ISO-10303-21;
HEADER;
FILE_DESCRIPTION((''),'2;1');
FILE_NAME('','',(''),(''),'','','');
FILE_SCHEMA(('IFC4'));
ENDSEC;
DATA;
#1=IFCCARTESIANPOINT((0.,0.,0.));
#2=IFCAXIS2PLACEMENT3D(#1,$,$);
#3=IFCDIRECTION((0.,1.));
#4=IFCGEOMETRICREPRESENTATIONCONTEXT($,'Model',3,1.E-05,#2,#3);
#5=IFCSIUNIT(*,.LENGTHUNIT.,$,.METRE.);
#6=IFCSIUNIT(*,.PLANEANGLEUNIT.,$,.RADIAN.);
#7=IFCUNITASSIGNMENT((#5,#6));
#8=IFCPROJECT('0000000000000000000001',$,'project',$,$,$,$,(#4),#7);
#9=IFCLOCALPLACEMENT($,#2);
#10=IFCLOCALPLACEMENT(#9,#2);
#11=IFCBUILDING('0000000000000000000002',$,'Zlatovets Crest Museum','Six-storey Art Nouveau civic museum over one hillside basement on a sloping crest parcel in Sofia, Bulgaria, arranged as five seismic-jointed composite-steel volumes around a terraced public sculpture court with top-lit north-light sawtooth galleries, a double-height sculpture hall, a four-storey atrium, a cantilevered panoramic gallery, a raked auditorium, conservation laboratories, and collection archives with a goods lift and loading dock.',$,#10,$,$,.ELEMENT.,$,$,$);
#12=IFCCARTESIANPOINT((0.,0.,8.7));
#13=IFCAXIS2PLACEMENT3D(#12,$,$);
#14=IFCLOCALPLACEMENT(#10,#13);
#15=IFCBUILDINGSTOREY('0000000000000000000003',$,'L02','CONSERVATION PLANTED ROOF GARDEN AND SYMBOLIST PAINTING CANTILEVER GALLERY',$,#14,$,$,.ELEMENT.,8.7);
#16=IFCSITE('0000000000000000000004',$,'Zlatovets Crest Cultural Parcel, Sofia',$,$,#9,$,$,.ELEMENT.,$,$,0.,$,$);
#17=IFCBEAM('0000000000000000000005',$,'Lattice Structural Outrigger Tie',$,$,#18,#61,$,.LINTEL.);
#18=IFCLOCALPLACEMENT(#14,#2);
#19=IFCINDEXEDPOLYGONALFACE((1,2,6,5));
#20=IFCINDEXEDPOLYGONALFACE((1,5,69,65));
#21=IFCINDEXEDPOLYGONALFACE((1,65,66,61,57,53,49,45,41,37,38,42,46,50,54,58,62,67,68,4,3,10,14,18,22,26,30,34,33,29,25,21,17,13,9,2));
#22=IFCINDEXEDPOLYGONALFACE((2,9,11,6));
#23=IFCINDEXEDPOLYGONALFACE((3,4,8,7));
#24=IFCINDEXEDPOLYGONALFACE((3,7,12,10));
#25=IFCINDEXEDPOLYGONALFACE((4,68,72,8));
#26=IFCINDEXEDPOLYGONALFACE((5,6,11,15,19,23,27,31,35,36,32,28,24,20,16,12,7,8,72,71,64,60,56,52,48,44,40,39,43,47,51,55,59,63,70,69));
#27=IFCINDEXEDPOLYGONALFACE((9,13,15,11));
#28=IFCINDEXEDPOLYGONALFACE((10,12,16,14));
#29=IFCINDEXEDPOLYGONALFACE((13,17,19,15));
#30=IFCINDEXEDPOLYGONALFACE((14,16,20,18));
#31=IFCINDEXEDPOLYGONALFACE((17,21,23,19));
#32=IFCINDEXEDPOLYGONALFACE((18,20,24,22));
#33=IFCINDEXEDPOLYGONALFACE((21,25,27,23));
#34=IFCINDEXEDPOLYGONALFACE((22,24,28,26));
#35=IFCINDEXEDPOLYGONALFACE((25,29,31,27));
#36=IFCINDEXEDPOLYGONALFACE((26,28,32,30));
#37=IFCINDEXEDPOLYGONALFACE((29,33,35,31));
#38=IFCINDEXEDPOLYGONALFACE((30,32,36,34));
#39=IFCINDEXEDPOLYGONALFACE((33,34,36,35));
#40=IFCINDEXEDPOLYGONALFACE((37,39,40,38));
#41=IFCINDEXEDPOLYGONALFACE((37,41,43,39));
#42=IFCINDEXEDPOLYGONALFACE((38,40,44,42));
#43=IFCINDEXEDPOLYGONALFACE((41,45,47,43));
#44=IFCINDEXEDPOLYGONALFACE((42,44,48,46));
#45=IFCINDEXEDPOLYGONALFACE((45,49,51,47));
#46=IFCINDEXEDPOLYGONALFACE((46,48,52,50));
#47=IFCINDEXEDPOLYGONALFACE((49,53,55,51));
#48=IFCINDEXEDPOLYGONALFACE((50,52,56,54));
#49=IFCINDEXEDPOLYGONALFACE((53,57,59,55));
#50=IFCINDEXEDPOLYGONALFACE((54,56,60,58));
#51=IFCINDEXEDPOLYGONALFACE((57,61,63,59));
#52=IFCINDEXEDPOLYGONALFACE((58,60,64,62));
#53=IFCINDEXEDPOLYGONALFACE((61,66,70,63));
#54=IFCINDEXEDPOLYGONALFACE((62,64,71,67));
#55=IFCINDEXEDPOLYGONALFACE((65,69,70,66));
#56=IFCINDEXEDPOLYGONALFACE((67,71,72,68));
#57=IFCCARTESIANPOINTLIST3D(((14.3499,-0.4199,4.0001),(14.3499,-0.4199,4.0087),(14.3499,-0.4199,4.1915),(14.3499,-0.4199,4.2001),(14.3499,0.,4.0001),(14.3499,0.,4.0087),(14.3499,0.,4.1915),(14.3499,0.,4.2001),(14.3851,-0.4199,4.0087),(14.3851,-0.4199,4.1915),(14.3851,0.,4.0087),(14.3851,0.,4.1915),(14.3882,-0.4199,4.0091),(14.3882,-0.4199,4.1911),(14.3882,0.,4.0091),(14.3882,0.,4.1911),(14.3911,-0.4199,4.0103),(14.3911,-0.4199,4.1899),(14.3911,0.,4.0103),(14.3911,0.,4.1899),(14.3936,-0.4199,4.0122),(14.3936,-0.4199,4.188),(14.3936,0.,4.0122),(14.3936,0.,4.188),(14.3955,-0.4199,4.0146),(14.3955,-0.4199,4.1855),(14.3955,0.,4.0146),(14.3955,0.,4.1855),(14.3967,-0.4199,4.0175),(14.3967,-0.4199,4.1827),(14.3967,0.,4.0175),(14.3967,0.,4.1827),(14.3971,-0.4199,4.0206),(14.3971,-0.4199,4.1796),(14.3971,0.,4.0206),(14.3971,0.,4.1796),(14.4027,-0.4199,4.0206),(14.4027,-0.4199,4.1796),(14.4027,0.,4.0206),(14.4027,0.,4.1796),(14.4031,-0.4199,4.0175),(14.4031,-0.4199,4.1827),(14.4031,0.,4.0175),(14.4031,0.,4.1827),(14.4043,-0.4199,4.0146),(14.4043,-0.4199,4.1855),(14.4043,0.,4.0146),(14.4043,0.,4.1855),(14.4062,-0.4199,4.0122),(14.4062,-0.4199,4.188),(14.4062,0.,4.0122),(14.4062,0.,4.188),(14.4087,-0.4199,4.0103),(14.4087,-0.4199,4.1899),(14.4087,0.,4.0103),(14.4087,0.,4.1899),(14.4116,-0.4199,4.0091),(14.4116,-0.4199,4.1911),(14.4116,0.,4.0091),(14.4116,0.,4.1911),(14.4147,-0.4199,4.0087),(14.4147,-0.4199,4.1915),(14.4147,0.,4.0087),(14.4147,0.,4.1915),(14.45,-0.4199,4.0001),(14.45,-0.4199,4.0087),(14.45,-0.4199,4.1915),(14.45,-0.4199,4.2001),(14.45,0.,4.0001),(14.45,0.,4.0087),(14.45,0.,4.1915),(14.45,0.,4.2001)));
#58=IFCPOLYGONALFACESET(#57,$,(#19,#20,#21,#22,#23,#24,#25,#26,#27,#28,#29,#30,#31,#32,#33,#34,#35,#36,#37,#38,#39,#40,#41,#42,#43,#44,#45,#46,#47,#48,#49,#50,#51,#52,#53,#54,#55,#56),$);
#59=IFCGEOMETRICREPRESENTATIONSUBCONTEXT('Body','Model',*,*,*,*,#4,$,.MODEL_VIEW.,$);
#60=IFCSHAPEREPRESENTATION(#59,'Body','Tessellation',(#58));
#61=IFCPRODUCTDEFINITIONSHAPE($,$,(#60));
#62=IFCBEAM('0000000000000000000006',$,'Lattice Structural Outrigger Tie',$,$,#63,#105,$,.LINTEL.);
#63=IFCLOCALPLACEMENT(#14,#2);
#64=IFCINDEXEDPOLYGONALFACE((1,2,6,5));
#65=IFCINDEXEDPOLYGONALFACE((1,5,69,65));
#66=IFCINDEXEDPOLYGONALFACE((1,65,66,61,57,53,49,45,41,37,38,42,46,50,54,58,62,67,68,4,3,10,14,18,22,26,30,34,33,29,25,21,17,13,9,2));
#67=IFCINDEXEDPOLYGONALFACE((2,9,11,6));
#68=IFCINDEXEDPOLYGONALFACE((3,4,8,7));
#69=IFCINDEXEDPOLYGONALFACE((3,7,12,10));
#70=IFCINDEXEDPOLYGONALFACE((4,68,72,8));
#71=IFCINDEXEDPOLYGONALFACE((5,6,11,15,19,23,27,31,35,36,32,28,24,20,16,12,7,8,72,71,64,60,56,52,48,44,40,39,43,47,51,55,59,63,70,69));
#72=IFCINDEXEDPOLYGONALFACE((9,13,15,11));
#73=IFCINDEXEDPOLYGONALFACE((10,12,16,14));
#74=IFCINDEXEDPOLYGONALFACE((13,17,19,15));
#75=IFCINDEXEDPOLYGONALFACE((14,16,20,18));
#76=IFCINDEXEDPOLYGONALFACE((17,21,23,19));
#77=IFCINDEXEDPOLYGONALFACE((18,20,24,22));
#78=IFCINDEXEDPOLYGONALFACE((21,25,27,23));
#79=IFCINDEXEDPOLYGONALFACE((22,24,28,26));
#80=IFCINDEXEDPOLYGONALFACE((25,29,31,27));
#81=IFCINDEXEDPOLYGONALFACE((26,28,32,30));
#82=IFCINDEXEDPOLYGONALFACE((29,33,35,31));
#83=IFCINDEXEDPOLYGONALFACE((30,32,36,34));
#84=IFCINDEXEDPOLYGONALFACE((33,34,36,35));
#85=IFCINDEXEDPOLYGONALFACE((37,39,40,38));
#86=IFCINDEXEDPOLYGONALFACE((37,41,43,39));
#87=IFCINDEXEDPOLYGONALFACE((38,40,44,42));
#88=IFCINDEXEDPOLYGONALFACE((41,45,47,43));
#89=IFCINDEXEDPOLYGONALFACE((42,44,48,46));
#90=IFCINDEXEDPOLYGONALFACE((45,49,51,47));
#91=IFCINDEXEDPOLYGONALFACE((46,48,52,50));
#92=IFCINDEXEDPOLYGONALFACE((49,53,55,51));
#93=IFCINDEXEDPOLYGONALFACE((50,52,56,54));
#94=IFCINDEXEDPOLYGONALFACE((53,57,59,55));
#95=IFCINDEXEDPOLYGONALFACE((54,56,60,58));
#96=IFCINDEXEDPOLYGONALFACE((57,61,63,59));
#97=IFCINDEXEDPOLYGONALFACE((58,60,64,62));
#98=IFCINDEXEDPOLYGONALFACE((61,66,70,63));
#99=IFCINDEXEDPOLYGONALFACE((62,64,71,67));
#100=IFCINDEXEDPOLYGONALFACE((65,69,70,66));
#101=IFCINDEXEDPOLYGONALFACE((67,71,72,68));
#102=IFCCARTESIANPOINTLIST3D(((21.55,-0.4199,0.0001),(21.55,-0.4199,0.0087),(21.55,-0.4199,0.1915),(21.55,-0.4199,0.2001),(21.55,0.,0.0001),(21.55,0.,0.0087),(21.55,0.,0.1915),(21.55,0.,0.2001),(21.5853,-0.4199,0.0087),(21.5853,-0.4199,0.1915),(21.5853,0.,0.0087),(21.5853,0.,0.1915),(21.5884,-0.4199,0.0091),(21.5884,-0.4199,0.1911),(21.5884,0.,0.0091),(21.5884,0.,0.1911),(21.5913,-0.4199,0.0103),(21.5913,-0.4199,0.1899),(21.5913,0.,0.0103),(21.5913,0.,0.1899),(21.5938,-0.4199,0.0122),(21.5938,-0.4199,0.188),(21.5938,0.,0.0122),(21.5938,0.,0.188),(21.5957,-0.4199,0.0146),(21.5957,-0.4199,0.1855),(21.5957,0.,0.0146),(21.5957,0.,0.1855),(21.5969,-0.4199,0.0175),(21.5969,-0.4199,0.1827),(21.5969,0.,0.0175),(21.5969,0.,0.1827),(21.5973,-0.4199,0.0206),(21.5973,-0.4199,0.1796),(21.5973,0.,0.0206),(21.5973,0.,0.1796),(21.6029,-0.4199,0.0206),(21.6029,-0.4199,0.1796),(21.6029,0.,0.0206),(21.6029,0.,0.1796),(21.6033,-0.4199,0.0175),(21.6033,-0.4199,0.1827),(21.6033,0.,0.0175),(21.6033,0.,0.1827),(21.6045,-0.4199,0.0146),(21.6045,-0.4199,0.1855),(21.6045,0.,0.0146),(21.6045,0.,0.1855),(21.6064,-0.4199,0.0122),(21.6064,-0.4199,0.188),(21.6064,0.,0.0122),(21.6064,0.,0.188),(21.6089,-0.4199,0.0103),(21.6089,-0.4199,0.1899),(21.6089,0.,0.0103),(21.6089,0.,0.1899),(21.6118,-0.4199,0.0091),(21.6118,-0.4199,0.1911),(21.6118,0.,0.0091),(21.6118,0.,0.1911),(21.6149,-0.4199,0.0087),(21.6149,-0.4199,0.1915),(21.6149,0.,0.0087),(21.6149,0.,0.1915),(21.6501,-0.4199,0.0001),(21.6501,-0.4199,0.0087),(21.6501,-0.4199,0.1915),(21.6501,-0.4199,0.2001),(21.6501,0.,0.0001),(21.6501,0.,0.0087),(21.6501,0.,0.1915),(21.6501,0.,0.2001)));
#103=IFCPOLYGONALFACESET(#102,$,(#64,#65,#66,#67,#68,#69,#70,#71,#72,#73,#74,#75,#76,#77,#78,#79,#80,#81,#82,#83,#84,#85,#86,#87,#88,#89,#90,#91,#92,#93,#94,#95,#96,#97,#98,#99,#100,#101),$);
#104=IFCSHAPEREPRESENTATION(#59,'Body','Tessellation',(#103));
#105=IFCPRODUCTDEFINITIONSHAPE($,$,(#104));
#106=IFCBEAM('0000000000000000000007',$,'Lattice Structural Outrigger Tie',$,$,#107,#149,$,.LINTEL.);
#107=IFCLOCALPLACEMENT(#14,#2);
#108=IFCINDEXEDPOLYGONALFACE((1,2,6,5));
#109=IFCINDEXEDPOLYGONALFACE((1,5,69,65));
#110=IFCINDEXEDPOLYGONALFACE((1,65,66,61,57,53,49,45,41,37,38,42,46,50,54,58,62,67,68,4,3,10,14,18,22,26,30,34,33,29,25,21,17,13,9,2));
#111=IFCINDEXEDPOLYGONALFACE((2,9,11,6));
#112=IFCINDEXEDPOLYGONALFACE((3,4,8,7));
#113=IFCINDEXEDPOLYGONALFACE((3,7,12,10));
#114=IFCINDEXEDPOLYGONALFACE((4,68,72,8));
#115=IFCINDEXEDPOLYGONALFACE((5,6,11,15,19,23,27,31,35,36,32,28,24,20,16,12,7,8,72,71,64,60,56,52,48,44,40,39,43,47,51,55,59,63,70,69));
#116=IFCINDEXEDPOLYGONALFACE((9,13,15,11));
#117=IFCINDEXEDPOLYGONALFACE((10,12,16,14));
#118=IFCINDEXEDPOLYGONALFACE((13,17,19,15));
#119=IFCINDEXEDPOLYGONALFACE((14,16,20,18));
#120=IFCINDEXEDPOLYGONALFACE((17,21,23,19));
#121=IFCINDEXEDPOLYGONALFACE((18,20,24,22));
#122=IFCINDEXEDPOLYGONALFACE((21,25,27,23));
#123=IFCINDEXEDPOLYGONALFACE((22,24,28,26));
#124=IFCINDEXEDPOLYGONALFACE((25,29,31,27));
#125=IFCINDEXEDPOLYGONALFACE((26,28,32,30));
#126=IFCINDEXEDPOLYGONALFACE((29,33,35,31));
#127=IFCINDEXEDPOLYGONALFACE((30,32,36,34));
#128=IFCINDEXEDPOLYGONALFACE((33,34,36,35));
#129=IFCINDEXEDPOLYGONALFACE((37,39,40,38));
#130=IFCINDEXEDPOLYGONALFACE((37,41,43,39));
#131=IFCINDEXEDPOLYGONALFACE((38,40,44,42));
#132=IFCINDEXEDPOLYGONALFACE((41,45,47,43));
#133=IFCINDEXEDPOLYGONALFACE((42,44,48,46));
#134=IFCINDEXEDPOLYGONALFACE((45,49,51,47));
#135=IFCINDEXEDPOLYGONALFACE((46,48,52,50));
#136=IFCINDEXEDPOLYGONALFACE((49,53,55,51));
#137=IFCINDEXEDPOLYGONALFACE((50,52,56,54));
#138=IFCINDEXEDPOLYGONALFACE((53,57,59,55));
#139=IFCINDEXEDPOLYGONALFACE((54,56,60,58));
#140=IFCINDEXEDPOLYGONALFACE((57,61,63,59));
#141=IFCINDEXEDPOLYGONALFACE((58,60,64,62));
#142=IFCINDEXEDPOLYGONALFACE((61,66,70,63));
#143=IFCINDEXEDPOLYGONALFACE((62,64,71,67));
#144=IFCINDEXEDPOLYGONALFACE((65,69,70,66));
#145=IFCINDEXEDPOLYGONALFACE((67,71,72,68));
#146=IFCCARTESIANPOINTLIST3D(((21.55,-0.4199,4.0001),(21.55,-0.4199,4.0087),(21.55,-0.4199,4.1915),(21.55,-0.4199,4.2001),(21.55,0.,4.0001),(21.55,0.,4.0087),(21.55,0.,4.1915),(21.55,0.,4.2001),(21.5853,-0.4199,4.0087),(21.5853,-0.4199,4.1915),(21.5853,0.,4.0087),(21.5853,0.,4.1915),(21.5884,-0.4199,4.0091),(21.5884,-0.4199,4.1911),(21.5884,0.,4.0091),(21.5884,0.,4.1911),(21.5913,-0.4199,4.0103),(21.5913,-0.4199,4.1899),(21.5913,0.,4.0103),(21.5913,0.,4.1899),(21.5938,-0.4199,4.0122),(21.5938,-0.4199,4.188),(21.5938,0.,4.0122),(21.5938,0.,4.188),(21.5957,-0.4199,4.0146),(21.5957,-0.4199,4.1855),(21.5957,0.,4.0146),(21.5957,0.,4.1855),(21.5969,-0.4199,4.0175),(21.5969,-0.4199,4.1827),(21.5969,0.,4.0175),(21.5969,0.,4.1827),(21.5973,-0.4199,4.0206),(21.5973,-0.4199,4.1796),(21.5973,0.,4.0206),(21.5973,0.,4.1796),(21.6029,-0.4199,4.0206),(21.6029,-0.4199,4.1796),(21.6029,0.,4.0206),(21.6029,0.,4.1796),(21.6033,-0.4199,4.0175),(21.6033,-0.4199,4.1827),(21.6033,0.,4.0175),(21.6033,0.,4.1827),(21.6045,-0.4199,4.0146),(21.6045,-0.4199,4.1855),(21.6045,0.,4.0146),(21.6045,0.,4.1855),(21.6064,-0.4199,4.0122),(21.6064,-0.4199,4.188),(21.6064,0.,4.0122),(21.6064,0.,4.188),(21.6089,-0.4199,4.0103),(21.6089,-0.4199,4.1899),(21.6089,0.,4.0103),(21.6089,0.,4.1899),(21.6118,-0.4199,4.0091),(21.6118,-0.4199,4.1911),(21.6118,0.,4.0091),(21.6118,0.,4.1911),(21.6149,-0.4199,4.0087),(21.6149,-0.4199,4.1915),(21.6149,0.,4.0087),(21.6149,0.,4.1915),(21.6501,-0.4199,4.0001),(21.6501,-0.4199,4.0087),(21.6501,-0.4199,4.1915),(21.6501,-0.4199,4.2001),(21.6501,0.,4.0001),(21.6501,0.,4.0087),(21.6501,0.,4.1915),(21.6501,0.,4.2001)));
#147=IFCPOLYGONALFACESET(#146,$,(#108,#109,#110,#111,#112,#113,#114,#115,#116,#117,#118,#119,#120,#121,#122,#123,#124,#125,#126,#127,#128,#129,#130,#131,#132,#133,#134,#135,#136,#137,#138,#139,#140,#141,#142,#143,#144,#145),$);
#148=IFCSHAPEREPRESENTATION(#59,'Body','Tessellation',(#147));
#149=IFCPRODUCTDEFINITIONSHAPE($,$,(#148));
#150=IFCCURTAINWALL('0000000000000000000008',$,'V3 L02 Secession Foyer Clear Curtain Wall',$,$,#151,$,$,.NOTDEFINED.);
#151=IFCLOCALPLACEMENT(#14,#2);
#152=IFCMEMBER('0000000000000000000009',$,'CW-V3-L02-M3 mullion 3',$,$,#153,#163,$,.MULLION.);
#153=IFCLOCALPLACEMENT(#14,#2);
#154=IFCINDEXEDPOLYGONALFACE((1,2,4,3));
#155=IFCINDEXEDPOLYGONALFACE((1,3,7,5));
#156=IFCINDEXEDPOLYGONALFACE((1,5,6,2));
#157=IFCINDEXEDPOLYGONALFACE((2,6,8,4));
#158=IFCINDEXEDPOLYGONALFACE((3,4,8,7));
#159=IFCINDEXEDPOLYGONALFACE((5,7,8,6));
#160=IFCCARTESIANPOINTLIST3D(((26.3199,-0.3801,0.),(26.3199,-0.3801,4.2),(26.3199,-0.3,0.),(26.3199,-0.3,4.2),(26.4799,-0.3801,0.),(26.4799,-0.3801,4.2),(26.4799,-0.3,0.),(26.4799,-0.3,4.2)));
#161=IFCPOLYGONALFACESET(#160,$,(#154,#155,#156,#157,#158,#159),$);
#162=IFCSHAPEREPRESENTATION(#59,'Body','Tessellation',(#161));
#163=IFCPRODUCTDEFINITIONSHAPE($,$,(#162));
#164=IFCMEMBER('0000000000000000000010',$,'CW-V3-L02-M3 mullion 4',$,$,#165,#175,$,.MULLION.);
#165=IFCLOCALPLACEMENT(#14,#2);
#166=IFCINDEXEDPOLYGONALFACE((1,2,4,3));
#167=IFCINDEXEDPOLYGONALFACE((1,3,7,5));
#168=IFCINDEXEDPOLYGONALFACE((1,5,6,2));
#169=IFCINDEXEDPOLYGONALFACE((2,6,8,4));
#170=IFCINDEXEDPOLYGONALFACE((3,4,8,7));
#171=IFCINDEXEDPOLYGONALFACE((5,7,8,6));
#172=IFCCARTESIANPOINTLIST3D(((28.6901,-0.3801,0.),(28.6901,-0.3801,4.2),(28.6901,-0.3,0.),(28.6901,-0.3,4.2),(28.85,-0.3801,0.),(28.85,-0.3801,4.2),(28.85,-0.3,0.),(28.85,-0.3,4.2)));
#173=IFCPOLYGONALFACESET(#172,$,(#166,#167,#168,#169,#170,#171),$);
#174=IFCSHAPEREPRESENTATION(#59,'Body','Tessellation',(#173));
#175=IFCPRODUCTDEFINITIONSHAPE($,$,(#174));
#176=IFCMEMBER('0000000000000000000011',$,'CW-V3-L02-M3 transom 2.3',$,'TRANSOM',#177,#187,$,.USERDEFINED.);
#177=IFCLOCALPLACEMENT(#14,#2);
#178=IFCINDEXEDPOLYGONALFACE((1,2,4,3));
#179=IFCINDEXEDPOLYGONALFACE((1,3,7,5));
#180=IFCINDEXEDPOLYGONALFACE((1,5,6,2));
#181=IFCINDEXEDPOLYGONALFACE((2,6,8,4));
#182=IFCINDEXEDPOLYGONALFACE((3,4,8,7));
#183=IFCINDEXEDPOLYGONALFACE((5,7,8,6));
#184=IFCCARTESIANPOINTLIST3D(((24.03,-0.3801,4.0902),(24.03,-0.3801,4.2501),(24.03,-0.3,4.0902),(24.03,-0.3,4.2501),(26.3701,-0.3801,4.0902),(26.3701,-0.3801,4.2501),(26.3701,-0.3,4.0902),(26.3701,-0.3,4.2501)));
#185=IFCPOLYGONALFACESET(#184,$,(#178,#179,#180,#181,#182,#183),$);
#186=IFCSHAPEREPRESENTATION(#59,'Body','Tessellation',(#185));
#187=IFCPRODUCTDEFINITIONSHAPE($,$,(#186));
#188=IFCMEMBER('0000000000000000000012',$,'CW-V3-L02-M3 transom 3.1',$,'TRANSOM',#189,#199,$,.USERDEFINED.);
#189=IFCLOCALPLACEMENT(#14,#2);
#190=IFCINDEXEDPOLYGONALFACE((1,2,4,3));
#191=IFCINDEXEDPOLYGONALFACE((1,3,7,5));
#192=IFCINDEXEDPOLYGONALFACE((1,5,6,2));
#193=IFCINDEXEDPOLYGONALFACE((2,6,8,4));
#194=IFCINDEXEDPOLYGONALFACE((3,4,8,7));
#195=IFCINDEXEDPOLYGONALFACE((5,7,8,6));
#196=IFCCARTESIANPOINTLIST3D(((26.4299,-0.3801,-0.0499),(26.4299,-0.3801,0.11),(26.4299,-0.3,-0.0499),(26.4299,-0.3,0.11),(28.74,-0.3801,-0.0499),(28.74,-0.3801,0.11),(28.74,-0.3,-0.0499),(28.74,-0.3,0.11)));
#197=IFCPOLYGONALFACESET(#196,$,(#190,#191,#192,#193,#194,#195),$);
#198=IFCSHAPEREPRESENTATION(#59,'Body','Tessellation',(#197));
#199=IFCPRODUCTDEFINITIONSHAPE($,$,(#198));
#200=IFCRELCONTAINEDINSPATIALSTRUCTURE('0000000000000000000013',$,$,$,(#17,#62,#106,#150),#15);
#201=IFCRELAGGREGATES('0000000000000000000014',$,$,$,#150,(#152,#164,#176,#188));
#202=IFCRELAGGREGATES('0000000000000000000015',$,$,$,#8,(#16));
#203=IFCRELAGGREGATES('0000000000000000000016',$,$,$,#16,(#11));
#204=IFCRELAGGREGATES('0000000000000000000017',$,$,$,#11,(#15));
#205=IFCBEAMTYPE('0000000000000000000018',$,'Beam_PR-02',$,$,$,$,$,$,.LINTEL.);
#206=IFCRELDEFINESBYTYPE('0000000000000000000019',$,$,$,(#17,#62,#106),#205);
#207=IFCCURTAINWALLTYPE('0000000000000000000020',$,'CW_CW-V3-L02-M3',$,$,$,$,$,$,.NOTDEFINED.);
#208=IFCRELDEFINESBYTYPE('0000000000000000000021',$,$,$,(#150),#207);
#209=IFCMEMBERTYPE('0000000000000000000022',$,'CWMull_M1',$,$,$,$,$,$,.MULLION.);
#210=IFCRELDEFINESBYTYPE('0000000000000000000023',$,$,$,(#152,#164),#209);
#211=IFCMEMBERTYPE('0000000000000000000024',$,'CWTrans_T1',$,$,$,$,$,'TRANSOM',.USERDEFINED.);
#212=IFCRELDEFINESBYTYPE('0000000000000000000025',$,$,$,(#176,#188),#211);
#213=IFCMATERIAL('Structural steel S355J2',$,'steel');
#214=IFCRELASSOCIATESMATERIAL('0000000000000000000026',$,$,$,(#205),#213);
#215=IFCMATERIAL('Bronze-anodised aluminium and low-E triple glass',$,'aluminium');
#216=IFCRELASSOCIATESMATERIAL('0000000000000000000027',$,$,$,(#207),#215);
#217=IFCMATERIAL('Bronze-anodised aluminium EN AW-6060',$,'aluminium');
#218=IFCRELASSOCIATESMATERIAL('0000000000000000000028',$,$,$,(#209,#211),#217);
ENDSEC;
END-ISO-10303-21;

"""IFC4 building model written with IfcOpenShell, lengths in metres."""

from ifc_helpers import new_model, si_unit, direction, frame, origin, origin_2d, place, context, subcontext, project, spatial, rectangle, i_section, extrude, material, material_profile, profile_set, type_object, element, aggregate, save


model = new_model("IFC4")

# Units and contexts
model_context = context("Model", 3, precision=1e-05, world=origin(), true_north=direction((0.0, 1.0)))
body_context = subcontext(model_context, "Body", "Model", "MODEL_VIEW")
ifc_project = project(units=[si_unit("LENGTHUNIT", "METRE"), si_unit("PLANEANGLEUNIT", "RADIAN")], contexts=[model_context])

# Site, building, storey
site_placement = place(None, origin())
site = spatial("IfcSite", under=ifc_project, at=site_placement, Name="Zlatovets Crest Cultural Parcel, Sofia", CompositionType="ELEMENT", RefElevation=0.0)
building_placement = place(site_placement, origin())
building = spatial("IfcBuilding", under=site, at=building_placement, Name="Zlatovets Crest Museum", Description="Six-storey Art Nouveau civic museum over one hillside basement on a sloping crest parcel in Sofia, Bulgaria, arranged as five seismic-jointed composite-steel volumes around a terraced public sculpture court with top-lit north-light sawtooth galleries, a double-height sculpture hall, a four-storey atrium, a cantilevered panoramic gallery, a raked auditorium, conservation laboratories, and collection archives with a goods lift and loading dock.", CompositionType="ELEMENT")
storey_placement = place(building_placement, frame((0.0, 0.0, 8.7)))
storey = spatial("IfcBuildingStorey", under=building, at=storey_placement, Name="L02", Description="CONSERVATION PLANTED ROOF GARDEN AND SYMBOLIST PAINTING CANTILEVER GALLERY", CompositionType="ELEMENT", Elevation=8.7)

# Shared definitions
ifc_material_1 = material(Name="Structural steel S355J2", Category="steel")

# Beams
ifc_material_profile_1 = material_profile(ifc_material_1, i_section(OverallWidth=0.1001, OverallDepth=0.2, WebThickness=0.0056, FlangeThickness=0.0085, FilletRadius=0.012, at=origin_2d()), Name="IPE 200")
ifc_profile_set_1 = profile_set([ifc_material_profile_1], Name="Structural steel S355J2")
beam_type_1 = type_object("IfcBeamType", Name="Beam_PR-02", PredefinedType="LINTEL", material=ifc_profile_set_1)
for number, where, z_axis, x_axis, name in (
    (1, (14.3999, 0.0, 4.1001), (0.0, -1.0, 0.0), (1.0, 0.0, 0.0), "Lattice Structural Outrigger Tie"),
    (2, (21.6001, 0.0, 0.1001), (0.0, -1.0, 0.0), (1.0, 0.0, 0.0), "Lattice Structural Outrigger Tie"),
    (3, (21.6001, 0.0, 4.1001), (0.0, -1.0, 0.0), (1.0, 0.0, 0.0), "Lattice Structural Outrigger Tie"),
):
    element("IfcBeam", number, at=place(storey_placement, frame(where, z_axis=z_axis, x_axis=x_axis)), inside=storey, type_object=beam_type_1, Name=name, PredefinedType="LINTEL", context=body_context, shape_type="SweptSolid", body=[
        extrude(i_section(OverallWidth=0.1001, OverallDepth=0.2, WebThickness=0.0056, FlangeThickness=0.0085, FilletRadius=0.012, at=origin_2d()), origin(), (0.0, 0.0, 1.0), 0.4199),
    ])

# Curtain wall, members
ifc_material_2 = material(Name="Bronze-anodised aluminium and low-E triple glass", Category="aluminium")
curtain_wall_type = type_object("IfcCurtainWallType", Name="CW_CW-V3-L02-M3", PredefinedType="NOTDEFINED", material=ifc_material_2)
curtain_wall_placement = place(storey_placement, origin())
curtain_wall = element("IfcCurtainWall", 4, at=curtain_wall_placement, inside=storey, type_object=curtain_wall_type, Name="V3 L02 Secession Foyer Clear Curtain Wall", PredefinedType="NOTDEFINED")
ifc_material_3 = material(Name="Bronze-anodised aluminium EN AW-6060", Category="aluminium")
ifc_material_profile_2 = material_profile(ifc_material_3, rectangle(XDim=0.0801, YDim=0.1599, at=origin_2d()), Name="ALU 80x160")
ifc_profile_set_2 = profile_set([ifc_material_profile_2], Name="Bronze-anodised aluminium EN AW-6060")
member_type_1 = type_object("IfcMemberType", Name="CWMull_M1", PredefinedType="MULLION", material=ifc_profile_set_2)
member_1_placement = place(storey_placement, frame((26.3999, -0.3401, 0.0), z_axis=(0.0, 0.0, 1.0), x_axis=(0.0, 1.0, 0.0)))
member_1 = element("IfcMember", 5, at=member_1_placement, type_object=member_type_1, Name="CW-V3-L02-M3 mullion 3", PredefinedType="MULLION", context=body_context, shape_type="SweptSolid", body=[
    extrude(rectangle(XDim=0.0801, YDim=0.1599, at=origin_2d()), origin(), (0.0, 0.0, 1.0), 4.2),
])
member_2_placement = place(storey_placement, frame((28.77, -0.3401, 0.0), z_axis=(0.0, 0.0, 1.0), x_axis=(0.0, 1.0, 0.0)))
member_2 = element("IfcMember", 6, at=member_2_placement, type_object=member_type_1, Name="CW-V3-L02-M3 mullion 4", PredefinedType="MULLION", context=body_context, shape_type="SweptSolid", body=[
    extrude(rectangle(XDim=0.0801, YDim=0.1599, at=origin_2d()), origin(), (0.0, 0.0, 1.0), 4.2),
])
ifc_material_profile_3 = material_profile(ifc_material_3, rectangle(XDim=0.0801, YDim=0.1599, at=origin_2d()), Name="ALU 80x160")
ifc_profile_set_3 = profile_set([ifc_material_profile_3], Name="Bronze-anodised aluminium EN AW-6060")
member_type_2 = type_object("IfcMemberType", Name="CWTrans_T1", ElementType="TRANSOM", PredefinedType="USERDEFINED", material=ifc_profile_set_3)
member_3_placement = place(storey_placement, frame((24.03, -0.3401, 4.1702), z_axis=(1.0, 0.0, 0.0), x_axis=(0.0, 1.0, 0.0)))
member_3 = element("IfcMember", 7, at=member_3_placement, type_object=member_type_2, Name="CW-V3-L02-M3 transom 2.3", ObjectType="TRANSOM", PredefinedType="USERDEFINED", context=body_context, shape_type="SweptSolid", body=[
    extrude(rectangle(XDim=0.0801, YDim=0.1599, at=origin_2d()), origin(), (0.0, 0.0, 1.0), 2.3401),
])
member_4_placement = place(storey_placement, frame((26.4299, -0.3401, 0.03), z_axis=(1.0, 0.0, 0.0), x_axis=(0.0, 1.0, 0.0)))
member_4 = element("IfcMember", 8, at=member_4_placement, type_object=member_type_2, Name="CW-V3-L02-M3 transom 3.1", ObjectType="TRANSOM", PredefinedType="USERDEFINED", context=body_context, shape_type="SweptSolid", body=[
    extrude(rectangle(XDim=0.0801, YDim=0.1599, at=origin_2d()), origin(), (0.0, 0.0, 1.0), 2.3101),
])
aggregate(curtain_wall, [member_1, member_2, member_3, member_4])

save(model, "model.ifc")
